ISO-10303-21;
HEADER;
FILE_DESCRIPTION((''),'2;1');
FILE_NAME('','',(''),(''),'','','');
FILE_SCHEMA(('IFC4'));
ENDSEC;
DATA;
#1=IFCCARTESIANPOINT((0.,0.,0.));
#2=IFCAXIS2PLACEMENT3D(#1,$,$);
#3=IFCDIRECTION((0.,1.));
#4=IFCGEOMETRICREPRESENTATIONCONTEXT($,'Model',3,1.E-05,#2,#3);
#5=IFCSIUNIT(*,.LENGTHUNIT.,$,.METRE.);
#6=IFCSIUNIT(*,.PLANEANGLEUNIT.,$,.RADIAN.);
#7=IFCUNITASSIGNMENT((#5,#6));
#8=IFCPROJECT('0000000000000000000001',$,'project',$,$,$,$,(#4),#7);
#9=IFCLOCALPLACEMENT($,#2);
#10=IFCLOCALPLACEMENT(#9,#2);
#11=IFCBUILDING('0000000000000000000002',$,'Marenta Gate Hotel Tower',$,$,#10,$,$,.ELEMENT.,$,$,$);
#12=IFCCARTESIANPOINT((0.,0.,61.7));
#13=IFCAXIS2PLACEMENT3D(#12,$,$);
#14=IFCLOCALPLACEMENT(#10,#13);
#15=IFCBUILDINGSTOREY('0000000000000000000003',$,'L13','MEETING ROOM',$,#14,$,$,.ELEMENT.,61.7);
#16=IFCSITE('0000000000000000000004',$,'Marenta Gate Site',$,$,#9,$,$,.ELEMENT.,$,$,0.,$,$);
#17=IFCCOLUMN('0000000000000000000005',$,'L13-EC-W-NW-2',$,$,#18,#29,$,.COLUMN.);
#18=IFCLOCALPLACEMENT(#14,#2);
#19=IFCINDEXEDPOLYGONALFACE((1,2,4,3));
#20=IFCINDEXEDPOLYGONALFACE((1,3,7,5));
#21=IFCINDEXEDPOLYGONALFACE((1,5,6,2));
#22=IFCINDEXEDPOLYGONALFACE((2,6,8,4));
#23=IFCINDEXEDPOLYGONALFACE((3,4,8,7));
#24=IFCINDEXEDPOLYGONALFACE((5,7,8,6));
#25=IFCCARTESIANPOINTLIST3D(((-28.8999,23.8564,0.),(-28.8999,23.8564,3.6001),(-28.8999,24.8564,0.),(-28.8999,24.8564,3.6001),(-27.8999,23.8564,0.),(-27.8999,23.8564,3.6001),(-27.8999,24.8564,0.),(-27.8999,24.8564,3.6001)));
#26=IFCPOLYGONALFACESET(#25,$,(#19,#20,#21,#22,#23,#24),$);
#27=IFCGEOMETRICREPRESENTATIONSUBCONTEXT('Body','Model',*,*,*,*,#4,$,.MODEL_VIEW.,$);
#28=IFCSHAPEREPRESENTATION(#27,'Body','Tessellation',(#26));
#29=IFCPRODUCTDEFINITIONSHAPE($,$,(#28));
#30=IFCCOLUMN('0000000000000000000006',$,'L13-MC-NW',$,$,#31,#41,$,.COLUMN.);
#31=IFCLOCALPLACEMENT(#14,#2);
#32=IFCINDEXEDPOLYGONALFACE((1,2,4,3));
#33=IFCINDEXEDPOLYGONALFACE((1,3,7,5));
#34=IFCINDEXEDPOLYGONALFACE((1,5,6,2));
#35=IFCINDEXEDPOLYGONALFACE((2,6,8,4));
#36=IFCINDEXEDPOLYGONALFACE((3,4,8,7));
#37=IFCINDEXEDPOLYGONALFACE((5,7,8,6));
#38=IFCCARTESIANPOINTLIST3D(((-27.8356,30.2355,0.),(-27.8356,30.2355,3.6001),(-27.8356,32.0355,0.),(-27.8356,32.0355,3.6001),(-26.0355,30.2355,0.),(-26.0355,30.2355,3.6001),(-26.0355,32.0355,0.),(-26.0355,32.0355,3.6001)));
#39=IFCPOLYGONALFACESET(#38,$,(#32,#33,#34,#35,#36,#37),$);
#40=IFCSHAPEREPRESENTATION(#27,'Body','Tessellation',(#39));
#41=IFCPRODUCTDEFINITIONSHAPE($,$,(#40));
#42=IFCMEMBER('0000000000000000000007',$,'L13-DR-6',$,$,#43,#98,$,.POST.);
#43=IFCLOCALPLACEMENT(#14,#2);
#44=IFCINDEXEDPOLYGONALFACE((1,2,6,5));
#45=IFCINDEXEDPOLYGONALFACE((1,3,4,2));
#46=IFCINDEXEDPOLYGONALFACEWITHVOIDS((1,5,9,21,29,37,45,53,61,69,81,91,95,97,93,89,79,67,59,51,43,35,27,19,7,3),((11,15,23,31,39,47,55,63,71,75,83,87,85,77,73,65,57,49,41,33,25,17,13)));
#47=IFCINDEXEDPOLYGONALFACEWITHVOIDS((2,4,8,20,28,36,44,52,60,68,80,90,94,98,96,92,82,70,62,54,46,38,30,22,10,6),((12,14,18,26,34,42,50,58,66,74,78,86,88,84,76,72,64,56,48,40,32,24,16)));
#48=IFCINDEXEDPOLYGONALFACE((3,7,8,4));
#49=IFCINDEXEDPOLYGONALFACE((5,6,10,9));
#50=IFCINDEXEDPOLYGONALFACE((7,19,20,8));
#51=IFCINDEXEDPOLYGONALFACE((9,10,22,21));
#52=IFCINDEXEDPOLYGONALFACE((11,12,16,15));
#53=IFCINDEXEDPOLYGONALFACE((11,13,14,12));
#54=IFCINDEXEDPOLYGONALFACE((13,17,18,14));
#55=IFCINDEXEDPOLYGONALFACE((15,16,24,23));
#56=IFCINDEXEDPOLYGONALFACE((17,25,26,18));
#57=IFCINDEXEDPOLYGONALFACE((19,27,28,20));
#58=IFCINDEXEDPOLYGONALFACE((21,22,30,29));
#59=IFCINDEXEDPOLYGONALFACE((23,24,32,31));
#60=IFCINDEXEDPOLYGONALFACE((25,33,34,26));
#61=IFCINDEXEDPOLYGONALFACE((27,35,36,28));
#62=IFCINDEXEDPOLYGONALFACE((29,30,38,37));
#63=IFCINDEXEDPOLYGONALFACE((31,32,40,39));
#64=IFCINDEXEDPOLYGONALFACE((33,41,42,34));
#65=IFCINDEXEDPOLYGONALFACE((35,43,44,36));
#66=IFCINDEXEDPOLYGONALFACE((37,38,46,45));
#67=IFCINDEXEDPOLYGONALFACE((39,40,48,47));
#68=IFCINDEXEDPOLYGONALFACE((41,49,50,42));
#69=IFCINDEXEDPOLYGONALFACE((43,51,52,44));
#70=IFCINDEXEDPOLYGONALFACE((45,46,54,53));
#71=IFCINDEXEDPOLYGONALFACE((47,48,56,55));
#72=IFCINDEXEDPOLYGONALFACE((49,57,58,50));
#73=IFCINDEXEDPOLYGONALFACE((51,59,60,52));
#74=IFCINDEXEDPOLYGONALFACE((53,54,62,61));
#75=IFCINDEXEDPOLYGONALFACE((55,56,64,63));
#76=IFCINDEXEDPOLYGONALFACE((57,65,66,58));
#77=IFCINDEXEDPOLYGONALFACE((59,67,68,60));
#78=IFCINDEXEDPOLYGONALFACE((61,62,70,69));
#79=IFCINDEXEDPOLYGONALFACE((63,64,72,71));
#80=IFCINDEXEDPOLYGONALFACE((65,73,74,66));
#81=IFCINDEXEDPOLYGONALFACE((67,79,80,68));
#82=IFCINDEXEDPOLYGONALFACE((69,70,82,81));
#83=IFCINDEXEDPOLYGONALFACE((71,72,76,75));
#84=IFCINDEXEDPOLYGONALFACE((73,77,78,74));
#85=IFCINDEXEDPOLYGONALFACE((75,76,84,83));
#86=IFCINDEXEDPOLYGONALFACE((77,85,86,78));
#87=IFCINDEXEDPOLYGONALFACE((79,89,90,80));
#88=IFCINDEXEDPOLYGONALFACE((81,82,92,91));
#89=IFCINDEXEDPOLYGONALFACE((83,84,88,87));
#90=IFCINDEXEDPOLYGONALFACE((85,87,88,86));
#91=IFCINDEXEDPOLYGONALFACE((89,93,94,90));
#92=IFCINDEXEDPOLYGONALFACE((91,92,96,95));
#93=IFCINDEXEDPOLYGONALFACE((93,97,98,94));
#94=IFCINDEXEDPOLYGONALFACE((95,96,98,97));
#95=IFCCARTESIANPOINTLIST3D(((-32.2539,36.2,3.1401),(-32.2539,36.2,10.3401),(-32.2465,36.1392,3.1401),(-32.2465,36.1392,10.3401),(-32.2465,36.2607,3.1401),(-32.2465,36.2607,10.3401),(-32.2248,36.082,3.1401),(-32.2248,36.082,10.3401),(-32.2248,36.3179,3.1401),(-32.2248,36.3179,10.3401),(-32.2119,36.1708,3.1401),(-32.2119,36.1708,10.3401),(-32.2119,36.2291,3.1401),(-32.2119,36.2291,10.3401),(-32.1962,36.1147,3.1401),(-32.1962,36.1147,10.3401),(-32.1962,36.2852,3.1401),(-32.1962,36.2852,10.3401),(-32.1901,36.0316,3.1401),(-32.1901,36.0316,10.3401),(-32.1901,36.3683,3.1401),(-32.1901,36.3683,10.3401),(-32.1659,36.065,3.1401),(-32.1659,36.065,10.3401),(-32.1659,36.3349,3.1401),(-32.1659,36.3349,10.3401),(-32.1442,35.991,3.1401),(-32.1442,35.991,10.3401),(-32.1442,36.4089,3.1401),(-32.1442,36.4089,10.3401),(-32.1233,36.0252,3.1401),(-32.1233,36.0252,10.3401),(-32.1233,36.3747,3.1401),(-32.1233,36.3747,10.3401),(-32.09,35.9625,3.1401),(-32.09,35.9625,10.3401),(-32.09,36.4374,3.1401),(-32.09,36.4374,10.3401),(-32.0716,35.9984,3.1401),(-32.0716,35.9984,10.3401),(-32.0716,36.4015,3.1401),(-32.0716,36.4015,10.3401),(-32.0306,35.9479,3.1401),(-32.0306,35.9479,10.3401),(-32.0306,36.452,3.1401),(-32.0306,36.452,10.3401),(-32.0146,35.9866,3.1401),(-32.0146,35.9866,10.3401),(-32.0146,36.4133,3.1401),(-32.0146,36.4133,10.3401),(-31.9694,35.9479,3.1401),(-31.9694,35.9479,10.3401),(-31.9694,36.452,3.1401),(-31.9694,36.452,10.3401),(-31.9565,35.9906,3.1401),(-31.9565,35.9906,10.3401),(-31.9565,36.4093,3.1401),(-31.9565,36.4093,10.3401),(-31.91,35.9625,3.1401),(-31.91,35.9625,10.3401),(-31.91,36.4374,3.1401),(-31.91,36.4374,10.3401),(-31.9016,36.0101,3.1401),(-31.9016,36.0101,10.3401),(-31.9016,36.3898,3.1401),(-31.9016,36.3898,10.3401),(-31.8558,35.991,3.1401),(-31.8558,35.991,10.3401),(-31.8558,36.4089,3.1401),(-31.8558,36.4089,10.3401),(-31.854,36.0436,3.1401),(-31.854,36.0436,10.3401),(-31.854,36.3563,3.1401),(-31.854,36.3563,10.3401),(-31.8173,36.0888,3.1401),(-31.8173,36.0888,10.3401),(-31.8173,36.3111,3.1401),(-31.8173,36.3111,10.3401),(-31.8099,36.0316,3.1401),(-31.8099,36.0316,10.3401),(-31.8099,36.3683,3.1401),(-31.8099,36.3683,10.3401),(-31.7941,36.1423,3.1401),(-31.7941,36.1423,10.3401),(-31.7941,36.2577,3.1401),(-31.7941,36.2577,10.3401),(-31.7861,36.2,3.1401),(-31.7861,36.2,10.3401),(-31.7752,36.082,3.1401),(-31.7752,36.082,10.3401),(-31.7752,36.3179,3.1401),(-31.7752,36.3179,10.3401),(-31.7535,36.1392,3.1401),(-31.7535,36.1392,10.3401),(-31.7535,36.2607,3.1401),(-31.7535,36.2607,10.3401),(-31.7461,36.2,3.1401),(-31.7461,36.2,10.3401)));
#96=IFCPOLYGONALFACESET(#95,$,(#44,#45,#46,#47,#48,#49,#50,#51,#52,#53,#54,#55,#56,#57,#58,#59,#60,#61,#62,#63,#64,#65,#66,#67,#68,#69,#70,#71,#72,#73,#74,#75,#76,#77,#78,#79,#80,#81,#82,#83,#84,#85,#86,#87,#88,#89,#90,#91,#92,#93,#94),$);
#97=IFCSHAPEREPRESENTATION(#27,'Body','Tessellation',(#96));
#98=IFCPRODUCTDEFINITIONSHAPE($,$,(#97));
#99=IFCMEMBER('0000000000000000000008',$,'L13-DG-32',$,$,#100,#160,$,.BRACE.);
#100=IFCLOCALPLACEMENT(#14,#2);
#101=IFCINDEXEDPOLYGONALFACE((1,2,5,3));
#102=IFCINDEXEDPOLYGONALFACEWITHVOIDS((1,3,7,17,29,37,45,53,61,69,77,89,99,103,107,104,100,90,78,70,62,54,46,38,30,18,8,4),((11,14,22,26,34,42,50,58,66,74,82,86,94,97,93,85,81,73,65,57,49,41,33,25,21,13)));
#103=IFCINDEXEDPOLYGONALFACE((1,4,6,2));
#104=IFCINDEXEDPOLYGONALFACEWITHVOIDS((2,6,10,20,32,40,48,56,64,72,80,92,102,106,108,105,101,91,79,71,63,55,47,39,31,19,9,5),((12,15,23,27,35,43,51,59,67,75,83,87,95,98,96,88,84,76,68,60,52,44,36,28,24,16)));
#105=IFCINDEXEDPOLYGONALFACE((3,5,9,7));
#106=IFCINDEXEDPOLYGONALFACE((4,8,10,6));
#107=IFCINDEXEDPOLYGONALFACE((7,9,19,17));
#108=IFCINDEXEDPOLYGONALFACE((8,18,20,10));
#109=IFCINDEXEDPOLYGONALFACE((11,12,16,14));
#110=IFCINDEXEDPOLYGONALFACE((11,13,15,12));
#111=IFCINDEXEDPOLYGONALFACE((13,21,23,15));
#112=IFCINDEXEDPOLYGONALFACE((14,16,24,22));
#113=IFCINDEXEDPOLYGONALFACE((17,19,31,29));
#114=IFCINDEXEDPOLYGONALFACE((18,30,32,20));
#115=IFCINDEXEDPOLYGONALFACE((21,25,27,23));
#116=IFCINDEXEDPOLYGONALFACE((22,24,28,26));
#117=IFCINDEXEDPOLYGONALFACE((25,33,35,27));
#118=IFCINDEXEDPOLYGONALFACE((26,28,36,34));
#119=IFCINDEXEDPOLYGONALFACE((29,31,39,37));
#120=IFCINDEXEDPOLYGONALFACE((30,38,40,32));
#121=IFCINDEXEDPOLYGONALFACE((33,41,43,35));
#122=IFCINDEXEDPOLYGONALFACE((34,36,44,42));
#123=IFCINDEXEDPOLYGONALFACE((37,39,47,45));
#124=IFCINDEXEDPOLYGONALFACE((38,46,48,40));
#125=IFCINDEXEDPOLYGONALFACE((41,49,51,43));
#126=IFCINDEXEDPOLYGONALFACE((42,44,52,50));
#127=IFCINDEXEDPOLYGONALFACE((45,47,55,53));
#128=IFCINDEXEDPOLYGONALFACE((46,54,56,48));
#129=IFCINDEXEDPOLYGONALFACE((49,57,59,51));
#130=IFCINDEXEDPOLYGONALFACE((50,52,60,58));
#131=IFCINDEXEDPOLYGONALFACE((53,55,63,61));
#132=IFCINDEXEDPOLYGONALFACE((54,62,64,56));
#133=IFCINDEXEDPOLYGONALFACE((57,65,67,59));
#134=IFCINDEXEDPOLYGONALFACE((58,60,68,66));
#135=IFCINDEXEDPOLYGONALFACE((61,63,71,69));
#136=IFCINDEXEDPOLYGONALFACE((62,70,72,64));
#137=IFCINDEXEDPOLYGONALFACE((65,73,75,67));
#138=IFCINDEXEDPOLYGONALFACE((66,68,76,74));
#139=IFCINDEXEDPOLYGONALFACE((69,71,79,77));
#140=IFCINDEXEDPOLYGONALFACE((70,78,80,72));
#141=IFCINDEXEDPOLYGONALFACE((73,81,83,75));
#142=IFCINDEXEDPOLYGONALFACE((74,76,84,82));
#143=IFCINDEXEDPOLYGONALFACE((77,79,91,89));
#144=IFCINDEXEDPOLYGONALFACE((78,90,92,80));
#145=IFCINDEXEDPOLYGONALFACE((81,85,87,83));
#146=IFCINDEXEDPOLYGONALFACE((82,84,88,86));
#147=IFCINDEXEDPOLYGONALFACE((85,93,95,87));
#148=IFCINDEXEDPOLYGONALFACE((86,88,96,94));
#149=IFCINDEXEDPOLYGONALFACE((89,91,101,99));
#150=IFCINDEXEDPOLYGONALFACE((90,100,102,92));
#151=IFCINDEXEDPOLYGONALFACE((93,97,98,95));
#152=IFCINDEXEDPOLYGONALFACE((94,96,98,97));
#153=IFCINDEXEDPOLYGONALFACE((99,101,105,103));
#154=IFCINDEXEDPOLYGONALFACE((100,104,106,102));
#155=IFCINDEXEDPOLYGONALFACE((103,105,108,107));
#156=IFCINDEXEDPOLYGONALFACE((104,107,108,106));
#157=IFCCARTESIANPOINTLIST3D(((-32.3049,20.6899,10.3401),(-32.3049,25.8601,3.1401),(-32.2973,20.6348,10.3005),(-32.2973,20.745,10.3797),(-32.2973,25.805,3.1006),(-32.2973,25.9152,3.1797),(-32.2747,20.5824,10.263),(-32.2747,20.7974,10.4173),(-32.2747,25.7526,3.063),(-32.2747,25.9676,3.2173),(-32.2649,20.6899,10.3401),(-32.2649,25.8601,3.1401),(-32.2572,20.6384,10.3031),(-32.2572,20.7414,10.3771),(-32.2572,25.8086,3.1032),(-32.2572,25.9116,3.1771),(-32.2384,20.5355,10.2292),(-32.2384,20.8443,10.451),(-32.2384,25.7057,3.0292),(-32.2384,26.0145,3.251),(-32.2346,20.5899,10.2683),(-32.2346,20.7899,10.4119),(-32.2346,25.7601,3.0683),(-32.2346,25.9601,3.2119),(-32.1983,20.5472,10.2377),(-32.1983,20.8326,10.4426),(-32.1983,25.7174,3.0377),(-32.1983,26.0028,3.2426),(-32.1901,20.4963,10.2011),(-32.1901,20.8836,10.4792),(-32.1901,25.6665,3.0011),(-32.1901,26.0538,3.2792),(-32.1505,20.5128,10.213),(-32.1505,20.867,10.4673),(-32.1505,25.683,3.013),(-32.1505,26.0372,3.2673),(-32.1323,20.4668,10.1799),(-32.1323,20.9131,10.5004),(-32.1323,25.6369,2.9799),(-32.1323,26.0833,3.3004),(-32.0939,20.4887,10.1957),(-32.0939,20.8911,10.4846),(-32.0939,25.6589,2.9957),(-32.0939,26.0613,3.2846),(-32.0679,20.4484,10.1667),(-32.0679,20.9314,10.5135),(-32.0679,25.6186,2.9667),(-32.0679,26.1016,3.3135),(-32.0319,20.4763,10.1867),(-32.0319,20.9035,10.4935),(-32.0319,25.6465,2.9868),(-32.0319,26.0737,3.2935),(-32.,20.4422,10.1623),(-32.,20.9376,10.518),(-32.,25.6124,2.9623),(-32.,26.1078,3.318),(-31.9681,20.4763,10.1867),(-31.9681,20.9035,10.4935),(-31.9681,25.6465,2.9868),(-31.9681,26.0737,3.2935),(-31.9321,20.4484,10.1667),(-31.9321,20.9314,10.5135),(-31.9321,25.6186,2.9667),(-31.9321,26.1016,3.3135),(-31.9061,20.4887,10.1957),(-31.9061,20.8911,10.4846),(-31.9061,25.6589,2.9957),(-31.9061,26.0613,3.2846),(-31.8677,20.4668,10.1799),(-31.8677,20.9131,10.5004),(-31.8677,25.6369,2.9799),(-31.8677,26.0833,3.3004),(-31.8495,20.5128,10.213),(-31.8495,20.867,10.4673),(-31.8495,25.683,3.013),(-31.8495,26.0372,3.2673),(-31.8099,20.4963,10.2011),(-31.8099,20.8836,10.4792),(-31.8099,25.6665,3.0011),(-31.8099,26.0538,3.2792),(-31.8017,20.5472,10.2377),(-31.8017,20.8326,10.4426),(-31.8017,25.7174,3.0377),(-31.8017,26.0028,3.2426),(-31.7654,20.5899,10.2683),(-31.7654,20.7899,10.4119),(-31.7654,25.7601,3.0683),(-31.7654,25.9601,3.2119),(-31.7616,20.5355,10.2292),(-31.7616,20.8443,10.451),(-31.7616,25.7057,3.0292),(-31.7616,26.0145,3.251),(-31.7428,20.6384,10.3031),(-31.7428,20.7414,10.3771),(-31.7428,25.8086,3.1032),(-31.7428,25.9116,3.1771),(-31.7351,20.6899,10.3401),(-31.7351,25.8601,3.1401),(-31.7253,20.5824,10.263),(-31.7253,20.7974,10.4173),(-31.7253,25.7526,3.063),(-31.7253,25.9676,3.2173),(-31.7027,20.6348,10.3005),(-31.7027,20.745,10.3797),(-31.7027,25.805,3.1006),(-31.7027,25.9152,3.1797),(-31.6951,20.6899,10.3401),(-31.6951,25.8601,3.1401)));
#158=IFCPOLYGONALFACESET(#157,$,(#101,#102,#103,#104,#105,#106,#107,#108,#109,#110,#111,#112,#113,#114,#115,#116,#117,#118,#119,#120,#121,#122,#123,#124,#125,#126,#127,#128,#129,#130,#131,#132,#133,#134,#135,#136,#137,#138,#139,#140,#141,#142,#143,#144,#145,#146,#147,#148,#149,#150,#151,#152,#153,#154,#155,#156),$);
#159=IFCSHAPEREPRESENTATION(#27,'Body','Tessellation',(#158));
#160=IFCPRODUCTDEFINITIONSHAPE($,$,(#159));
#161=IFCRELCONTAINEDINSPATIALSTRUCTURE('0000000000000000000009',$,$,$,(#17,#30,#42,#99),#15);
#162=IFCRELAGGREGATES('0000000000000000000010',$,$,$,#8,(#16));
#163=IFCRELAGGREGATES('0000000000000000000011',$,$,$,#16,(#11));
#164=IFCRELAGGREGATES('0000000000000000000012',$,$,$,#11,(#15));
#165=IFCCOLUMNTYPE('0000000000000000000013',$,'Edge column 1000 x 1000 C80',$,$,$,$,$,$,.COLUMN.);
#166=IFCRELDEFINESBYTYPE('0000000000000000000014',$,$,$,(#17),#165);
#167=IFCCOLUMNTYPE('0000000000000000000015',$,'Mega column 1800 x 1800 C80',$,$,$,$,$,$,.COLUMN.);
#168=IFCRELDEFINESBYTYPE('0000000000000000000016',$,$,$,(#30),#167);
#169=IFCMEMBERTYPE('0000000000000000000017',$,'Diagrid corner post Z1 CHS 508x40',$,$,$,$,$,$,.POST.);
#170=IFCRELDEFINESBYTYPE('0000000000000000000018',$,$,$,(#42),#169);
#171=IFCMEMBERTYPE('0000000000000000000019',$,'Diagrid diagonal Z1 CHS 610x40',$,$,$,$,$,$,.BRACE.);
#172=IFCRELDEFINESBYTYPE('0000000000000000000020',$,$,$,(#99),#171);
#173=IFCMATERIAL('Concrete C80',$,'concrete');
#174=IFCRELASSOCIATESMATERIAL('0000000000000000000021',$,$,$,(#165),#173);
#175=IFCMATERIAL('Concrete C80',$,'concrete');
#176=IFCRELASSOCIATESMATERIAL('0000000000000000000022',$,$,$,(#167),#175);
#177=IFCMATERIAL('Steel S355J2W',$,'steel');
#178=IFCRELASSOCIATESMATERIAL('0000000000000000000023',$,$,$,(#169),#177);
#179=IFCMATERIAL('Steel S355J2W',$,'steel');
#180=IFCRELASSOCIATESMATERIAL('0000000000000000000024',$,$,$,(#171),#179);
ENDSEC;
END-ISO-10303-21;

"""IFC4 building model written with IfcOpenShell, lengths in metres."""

from ifc_helpers import new_model, si_unit, direction, frame, origin, origin_2d, place, context, subcontext, project, spatial, rectangle, hollow_circle, extrude, material, material_profile, profile_set, type_object, element, save


model = new_model("IFC4")

# Units and contexts
model_context = context("Model", 3, precision=1e-05, world=origin(), true_north=direction((0.0, 1.0)))
body_context = subcontext(model_context, "Body", "Model", "MODEL_VIEW")
ifc_project = project(units=[si_unit("LENGTHUNIT", "METRE"), si_unit("PLANEANGLEUNIT", "RADIAN")], contexts=[model_context])

# Site, building, storey
site_placement = place(None, origin())
site = spatial("IfcSite", under=ifc_project, at=site_placement, Name="Marenta Gate Site", CompositionType="ELEMENT", RefElevation=0.0)
building_placement = place(site_placement, origin())
building = spatial("IfcBuilding", under=site, at=building_placement, Name="Marenta Gate Hotel Tower", CompositionType="ELEMENT")
storey_placement = place(building_placement, frame((0.0, 0.0, 61.7)))
storey = spatial("IfcBuildingStorey", under=building, at=storey_placement, Name="L13", Description="MEETING ROOM", CompositionType="ELEMENT", Elevation=61.7)

# Columns
ifc_material_1 = material(Name="Concrete C80", Category="concrete")
ifc_material_profile_1 = material_profile(ifc_material_1, rectangle(XDim=1.0, YDim=1.0, at=origin_2d()), Name="1000 x 1000")
ifc_profile_set_1 = profile_set([ifc_material_profile_1], Name="Concrete C80")
column_type_1 = type_object("IfcColumnType", Name="Edge column 1000 x 1000 C80", PredefinedType="COLUMN", material=ifc_profile_set_1)
column_1_placement = place(storey_placement, frame((-28.3999, 24.3564, 0.0), z_axis=(0.0, 0.0, 1.0), x_axis=(1.0, 0.0, 0.0)))
element("IfcColumn", 1, at=column_1_placement, inside=storey, type_object=column_type_1, Name="L13-EC-W-NW-2", PredefinedType="COLUMN", context=body_context, shape_type="SweptSolid", body=[
    extrude(rectangle(XDim=1.0, YDim=1.0, at=origin_2d()), origin(), (0.0, 0.0, 1.0), 3.6001),
])
ifc_material_2 = material(Name="Concrete C80", Category="concrete")
ifc_material_profile_2 = material_profile(ifc_material_2, rectangle(XDim=1.8, YDim=1.8, at=origin_2d()), Name="1800 x 1800")
ifc_profile_set_2 = profile_set([ifc_material_profile_2], Name="Concrete C80")
column_type_2 = type_object("IfcColumnType", Name="Mega column 1800 x 1800 C80", PredefinedType="COLUMN", material=ifc_profile_set_2)
column_2_placement = place(storey_placement, frame((-26.9355, 31.1355, 0.0), z_axis=(0.0, 0.0, 1.0), x_axis=(1.0, 0.0, 0.0)))
element("IfcColumn", 2, at=column_2_placement, inside=storey, type_object=column_type_2, Name="L13-MC-NW", PredefinedType="COLUMN", context=body_context, shape_type="SweptSolid", body=[
    extrude(rectangle(XDim=1.8, YDim=1.8, at=origin_2d()), origin(), (0.0, 0.0, 1.0), 3.6001),
])

# Members
ifc_material_3 = material(Name="Steel S355J2W", Category="steel")
ifc_material_profile_3 = material_profile(ifc_material_3, hollow_circle(Radius=0.2539, WallThickness=0.04, at=origin_2d()), Name="CHS 508x40")
ifc_profile_set_3 = profile_set([ifc_material_profile_3], Name="Steel S355J2W")
member_type_1 = type_object("IfcMemberType", Name="Diagrid corner post Z1 CHS 508x40", PredefinedType="POST", material=ifc_profile_set_3)
member_1_placement = place(storey_placement, frame((-32.0, 36.2, 3.1401), z_axis=(0.0, 0.0, 1.0), x_axis=(1.0, 0.0, 0.0)))
element("IfcMember", 3, at=member_1_placement, inside=storey, type_object=member_type_1, Name="L13-DR-6", PredefinedType="POST", context=body_context, shape_type="SweptSolid", body=[
    extrude(hollow_circle(Radius=0.2539, WallThickness=0.04, at=origin_2d()), origin(), (0.0, 0.0, 1.0), 7.2),
])
ifc_material_4 = material(Name="Steel S355J2W", Category="steel")
ifc_material_profile_4 = material_profile(ifc_material_4, hollow_circle(Radius=0.3049, WallThickness=0.04, at=origin_2d()), Name="CHS 610x40")
ifc_profile_set_4 = profile_set([ifc_material_profile_4], Name="Steel S355J2W")
member_type_2 = type_object("IfcMemberType", Name="Diagrid diagonal Z1 CHS 610x40", PredefinedType="BRACE", material=ifc_profile_set_4)
member_2_placement = place(storey_placement, frame((-32.0, 25.8601, 3.1401), z_axis=(0.0, -0.583279, 0.812272), x_axis=(1.0, 0.0, 0.0)))
element("IfcMember", 4, at=member_2_placement, inside=storey, type_object=member_type_2, Name="L13-DG-32", PredefinedType="BRACE", context=body_context, shape_type="SweptSolid", body=[
    extrude(hollow_circle(Radius=0.3049, WallThickness=0.04, at=origin_2d()), origin(), (0.0, 0.0, 1.0), 8.864),
])

save(model, "model.ifc")
